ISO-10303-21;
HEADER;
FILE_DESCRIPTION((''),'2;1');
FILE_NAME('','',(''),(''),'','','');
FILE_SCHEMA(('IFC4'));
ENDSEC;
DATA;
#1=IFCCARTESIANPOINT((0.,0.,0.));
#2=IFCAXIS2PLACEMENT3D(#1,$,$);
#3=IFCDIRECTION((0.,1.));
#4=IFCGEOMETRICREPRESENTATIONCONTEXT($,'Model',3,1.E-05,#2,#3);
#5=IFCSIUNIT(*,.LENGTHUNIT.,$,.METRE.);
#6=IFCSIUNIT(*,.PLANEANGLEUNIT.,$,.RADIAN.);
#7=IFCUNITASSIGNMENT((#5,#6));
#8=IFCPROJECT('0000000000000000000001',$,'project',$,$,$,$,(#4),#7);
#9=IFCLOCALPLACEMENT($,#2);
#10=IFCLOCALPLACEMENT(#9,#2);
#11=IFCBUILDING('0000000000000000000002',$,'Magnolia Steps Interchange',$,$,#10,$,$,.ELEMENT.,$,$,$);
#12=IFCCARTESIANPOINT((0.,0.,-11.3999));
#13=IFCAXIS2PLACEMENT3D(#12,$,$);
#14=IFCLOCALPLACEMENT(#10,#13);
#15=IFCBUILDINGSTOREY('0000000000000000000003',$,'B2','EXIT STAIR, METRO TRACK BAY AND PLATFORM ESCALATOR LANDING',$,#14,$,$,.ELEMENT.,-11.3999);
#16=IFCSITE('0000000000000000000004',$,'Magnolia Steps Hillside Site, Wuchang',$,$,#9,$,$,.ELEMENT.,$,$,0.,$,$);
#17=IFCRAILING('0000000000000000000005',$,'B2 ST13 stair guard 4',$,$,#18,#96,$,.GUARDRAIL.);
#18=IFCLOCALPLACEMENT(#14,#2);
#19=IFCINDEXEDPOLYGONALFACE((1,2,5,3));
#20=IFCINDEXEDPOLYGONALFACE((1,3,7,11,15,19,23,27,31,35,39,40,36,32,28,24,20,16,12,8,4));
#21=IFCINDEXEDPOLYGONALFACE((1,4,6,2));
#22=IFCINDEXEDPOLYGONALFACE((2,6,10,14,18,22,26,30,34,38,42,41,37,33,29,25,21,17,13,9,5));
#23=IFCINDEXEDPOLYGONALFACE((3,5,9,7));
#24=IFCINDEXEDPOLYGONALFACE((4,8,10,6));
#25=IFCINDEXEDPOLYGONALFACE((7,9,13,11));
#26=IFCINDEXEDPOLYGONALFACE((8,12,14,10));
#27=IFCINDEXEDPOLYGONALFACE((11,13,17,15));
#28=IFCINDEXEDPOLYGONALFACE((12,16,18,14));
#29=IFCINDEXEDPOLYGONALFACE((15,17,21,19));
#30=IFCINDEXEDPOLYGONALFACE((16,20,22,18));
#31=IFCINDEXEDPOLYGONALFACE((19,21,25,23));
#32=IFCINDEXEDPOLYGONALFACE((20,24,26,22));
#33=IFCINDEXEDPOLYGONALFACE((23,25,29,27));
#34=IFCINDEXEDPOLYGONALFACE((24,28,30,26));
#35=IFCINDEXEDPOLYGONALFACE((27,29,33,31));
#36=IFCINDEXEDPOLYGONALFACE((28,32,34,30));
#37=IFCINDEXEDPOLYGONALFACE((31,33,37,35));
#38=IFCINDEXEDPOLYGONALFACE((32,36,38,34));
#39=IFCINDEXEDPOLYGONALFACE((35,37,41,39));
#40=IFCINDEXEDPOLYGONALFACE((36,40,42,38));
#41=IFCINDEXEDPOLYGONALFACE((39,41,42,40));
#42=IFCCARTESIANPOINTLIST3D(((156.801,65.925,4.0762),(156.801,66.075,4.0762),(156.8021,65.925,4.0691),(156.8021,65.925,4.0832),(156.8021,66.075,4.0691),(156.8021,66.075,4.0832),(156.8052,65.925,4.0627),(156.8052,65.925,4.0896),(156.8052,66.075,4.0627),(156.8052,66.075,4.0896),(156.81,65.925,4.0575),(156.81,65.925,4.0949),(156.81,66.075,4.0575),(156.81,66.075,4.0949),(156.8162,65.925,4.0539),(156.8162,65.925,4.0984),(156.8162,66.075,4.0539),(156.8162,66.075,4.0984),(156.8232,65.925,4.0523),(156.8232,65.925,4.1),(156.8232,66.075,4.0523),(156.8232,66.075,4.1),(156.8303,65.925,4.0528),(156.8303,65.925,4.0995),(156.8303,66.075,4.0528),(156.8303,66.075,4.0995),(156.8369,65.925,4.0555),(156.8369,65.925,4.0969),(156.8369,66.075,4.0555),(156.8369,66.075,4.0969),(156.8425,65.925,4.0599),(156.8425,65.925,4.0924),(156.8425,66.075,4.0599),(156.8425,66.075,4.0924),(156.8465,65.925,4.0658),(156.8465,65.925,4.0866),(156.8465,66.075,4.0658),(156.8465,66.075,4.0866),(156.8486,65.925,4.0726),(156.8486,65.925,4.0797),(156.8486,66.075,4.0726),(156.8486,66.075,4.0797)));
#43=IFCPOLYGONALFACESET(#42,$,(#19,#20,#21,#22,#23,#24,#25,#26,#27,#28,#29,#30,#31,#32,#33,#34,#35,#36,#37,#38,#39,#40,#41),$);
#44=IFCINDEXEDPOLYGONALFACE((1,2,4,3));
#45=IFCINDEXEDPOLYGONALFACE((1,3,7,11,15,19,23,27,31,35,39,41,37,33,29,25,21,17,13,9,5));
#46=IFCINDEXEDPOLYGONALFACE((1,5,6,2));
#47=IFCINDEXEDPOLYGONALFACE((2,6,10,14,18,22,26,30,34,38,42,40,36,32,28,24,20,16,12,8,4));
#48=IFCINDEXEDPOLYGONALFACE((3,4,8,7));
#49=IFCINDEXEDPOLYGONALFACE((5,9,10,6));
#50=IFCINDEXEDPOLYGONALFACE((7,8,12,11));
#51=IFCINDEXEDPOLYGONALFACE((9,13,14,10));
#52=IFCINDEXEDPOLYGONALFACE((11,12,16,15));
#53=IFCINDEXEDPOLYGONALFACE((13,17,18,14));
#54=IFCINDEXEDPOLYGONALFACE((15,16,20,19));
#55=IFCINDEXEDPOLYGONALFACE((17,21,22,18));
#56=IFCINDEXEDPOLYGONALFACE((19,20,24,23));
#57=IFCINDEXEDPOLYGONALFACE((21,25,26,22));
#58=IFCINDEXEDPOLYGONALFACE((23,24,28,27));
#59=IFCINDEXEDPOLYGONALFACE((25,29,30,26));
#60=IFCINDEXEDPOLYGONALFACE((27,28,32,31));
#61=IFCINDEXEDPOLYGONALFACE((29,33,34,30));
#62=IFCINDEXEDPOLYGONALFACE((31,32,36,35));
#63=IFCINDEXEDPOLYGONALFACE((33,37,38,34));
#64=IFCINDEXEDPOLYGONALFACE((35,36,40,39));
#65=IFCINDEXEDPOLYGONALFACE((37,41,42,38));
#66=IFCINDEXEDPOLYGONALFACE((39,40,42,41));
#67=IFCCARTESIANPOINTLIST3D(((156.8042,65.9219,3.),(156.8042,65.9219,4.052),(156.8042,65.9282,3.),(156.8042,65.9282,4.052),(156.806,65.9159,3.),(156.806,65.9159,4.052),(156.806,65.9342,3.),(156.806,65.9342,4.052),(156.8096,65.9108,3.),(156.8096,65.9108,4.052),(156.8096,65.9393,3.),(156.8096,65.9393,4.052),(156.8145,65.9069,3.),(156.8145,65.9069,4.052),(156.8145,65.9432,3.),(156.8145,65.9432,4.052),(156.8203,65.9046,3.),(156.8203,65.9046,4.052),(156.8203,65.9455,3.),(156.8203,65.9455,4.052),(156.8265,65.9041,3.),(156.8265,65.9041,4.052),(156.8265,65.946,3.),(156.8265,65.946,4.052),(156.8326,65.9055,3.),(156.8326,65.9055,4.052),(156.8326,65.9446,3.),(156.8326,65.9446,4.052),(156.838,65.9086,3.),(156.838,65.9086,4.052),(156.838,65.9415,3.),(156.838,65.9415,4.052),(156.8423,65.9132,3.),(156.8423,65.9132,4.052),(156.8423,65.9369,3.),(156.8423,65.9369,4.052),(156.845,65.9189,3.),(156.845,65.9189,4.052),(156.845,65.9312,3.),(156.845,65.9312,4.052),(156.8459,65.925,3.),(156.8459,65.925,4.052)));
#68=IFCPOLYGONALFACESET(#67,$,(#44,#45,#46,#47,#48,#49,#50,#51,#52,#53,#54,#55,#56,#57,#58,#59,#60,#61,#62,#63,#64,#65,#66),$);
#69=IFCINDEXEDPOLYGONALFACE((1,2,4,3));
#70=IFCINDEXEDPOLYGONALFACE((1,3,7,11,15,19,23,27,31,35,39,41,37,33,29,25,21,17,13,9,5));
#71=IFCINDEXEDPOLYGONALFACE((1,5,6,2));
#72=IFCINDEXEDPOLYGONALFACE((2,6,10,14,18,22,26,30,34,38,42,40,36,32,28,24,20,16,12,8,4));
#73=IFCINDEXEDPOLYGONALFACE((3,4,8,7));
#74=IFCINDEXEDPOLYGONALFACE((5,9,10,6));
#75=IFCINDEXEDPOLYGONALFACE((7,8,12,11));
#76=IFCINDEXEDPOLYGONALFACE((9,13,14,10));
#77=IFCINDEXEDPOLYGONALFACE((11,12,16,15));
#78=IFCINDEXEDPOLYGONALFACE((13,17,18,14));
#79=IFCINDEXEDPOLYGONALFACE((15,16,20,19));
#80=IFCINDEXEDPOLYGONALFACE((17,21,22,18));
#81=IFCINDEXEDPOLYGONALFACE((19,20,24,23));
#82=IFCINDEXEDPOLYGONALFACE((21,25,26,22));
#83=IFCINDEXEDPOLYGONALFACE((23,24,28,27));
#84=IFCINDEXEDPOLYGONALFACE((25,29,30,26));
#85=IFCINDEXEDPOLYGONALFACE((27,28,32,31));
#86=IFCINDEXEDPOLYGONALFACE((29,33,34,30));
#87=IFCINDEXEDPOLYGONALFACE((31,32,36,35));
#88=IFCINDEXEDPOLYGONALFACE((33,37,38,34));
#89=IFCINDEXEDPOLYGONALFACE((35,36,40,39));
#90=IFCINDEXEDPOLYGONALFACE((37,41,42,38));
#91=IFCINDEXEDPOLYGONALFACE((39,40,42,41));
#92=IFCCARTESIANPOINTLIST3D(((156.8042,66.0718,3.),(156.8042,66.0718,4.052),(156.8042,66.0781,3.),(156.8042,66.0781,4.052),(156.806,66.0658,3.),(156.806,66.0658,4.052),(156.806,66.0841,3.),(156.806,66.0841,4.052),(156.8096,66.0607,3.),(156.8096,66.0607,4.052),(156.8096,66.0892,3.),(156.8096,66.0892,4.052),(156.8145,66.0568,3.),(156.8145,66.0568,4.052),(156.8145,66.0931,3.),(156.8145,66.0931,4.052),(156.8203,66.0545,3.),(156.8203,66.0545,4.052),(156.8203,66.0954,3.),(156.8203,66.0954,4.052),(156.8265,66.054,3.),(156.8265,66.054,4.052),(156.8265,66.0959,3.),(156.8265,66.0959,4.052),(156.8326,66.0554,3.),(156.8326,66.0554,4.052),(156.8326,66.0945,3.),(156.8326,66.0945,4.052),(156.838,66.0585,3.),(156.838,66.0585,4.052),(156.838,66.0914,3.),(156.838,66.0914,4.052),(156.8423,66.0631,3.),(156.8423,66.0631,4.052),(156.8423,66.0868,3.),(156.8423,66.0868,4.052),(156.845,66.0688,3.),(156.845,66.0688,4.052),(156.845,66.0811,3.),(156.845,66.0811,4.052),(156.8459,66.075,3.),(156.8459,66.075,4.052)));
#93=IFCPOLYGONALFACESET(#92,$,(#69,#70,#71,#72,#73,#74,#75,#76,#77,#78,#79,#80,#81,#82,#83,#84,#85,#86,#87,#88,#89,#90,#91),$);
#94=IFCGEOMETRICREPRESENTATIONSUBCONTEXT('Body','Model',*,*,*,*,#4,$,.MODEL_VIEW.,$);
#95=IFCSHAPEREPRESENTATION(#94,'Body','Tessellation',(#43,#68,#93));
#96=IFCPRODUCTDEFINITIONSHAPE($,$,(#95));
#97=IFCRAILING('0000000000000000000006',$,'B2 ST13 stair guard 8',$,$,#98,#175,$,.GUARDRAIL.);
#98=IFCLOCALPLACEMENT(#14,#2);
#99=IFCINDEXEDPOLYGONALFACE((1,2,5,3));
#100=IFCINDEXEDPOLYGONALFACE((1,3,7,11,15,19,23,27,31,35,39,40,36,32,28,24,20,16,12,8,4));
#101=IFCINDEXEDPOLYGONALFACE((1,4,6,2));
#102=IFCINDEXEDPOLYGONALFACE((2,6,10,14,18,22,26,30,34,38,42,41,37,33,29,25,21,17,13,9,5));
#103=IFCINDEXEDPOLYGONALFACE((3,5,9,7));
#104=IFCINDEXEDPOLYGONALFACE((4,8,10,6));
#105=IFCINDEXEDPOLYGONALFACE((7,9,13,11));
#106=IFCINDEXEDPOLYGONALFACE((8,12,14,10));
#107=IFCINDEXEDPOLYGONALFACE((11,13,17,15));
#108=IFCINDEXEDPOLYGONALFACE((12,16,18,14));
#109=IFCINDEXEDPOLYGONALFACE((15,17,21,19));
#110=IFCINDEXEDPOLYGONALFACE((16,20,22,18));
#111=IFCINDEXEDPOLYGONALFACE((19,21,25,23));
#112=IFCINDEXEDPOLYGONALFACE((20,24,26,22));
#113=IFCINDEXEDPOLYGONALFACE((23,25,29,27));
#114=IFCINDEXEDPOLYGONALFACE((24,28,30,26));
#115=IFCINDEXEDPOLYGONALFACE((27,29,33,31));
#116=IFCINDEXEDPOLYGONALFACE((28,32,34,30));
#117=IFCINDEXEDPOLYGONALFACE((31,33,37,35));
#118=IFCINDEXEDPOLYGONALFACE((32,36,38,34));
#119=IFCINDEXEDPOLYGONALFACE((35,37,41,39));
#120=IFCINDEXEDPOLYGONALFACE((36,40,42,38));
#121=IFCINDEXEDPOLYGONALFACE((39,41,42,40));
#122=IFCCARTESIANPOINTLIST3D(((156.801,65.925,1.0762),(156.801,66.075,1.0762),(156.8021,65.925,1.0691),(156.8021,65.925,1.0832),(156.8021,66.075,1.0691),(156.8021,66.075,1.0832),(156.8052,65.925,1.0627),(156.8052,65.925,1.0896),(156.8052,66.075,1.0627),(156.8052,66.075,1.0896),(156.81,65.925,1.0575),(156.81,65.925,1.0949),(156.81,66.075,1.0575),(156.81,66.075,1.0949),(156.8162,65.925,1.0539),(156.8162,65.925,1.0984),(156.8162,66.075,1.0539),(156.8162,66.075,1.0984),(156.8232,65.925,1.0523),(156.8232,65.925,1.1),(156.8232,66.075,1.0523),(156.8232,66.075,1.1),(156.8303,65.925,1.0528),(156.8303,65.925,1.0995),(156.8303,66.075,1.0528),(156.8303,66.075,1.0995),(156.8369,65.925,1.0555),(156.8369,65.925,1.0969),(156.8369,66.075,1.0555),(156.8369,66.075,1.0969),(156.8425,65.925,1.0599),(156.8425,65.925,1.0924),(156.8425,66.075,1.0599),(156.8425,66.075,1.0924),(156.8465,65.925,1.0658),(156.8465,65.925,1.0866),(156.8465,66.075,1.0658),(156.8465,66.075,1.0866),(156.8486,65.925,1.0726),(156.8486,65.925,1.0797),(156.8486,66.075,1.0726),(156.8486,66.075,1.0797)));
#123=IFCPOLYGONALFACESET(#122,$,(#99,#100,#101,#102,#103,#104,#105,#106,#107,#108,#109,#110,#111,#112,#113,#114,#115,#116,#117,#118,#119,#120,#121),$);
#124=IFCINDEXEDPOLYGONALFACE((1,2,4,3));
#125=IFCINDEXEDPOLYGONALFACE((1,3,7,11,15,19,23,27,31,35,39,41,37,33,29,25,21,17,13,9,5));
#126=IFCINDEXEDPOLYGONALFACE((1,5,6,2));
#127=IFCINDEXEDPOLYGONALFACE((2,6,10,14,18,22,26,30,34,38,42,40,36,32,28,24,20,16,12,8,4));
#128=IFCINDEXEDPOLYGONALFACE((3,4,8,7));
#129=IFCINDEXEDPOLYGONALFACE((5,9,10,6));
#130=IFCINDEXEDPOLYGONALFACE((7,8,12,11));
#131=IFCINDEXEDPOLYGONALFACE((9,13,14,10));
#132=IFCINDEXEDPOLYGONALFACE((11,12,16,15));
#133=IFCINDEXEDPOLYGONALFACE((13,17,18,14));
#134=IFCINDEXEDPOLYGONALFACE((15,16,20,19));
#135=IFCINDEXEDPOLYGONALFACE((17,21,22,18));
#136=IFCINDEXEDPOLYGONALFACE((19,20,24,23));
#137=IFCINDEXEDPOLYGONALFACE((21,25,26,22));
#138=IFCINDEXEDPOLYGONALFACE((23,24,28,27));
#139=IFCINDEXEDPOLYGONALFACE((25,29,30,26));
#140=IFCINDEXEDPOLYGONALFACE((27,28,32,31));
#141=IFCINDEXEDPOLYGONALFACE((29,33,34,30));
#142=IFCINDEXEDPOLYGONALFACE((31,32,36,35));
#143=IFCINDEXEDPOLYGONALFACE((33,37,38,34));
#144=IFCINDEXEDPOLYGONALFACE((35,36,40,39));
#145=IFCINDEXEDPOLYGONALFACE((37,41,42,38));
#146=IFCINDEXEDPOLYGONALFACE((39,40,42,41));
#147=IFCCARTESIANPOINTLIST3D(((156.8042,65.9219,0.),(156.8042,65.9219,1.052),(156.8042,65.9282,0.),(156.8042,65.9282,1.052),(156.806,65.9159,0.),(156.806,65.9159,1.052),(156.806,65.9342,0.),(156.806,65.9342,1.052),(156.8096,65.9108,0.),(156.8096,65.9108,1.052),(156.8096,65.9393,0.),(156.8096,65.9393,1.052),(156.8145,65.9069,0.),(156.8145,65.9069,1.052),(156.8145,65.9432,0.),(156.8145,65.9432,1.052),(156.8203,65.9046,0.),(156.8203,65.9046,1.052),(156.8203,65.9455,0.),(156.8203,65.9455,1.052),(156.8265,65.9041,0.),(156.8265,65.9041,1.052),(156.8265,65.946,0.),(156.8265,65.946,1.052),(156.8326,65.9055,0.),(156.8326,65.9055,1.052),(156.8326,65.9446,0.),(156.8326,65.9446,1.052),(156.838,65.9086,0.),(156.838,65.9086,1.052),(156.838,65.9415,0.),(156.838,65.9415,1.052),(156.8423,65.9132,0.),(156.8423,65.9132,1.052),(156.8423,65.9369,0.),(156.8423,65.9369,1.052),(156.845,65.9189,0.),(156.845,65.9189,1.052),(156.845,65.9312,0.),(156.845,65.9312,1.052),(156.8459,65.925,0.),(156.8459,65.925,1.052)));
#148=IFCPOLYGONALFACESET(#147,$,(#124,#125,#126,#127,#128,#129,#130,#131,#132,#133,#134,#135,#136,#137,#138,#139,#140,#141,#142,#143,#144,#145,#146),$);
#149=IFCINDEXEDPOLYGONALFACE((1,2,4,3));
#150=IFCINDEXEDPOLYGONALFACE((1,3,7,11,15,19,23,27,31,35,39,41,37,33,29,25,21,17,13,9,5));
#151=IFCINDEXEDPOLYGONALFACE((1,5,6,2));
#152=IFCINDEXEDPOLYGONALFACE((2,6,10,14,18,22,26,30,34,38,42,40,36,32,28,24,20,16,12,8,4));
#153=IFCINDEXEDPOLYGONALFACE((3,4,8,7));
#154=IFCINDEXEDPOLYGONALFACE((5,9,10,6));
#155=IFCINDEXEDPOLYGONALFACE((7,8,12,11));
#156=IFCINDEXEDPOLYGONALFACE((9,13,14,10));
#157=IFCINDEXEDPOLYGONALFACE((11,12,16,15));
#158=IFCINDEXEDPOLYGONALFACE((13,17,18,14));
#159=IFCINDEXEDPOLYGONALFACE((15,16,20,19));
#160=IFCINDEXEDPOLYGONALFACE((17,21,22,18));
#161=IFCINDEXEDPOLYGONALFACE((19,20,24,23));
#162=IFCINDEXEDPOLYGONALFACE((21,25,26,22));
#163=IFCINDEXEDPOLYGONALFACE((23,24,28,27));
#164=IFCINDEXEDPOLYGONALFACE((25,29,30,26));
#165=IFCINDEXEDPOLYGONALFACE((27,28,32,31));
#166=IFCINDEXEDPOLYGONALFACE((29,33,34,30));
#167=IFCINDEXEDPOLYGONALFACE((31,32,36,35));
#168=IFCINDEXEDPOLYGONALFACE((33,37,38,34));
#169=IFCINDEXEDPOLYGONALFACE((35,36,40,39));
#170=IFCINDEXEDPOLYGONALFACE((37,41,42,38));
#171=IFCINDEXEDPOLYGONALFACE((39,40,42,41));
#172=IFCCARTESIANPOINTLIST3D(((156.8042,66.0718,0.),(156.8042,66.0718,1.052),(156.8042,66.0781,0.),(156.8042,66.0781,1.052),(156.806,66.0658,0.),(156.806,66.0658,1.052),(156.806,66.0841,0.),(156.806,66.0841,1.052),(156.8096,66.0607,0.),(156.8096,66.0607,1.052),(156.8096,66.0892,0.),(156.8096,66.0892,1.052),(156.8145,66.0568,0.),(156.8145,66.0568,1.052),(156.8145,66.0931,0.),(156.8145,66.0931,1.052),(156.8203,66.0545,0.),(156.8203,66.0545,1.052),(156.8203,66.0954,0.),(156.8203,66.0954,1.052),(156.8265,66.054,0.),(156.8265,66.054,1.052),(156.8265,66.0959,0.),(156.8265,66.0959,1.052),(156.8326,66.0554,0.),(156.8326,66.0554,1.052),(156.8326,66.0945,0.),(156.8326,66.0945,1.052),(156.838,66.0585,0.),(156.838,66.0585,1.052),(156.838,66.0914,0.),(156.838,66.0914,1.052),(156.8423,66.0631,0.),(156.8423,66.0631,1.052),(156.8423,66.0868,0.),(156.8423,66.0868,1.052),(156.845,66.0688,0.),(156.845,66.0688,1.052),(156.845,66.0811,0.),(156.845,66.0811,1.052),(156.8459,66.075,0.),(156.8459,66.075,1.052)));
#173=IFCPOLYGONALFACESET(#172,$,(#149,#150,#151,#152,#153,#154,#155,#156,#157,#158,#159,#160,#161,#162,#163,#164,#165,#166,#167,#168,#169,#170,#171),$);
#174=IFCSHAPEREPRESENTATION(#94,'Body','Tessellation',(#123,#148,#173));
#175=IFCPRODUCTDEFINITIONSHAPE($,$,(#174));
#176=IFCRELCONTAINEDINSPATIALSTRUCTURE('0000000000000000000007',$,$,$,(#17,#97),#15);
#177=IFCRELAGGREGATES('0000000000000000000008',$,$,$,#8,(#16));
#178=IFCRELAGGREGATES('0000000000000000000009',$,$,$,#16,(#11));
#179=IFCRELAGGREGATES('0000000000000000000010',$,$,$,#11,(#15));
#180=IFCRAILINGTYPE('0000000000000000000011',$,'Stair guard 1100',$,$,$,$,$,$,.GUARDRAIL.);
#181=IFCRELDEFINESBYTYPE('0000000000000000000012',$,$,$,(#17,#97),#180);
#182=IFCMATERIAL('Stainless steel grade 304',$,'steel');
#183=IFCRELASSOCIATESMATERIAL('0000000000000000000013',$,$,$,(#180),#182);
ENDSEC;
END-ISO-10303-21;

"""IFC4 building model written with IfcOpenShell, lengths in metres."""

from ifc_helpers import new_model, si_unit, direction, frame, origin, origin_2d, place, context, subcontext, project, spatial, circle, extrude, material, type_object, element, save


model = new_model("IFC4")

# Units and contexts
model_context = context("Model", 3, precision=1e-05, world=origin(), true_north=direction((0.0, 1.0)))
body_context = subcontext(model_context, "Body", "Model", "MODEL_VIEW")
ifc_project = project(units=[si_unit("LENGTHUNIT", "METRE"), si_unit("PLANEANGLEUNIT", "RADIAN")], contexts=[model_context])

# Site, building, storey
site_placement = place(None, origin())
site = spatial("IfcSite", under=ifc_project, at=site_placement, Name="Magnolia Steps Hillside Site, Wuchang", CompositionType="ELEMENT", RefElevation=0.0)
building_placement = place(site_placement, origin())
building = spatial("IfcBuilding", under=site, at=building_placement, Name="Magnolia Steps Interchange", CompositionType="ELEMENT")
storey_placement = place(building_placement, frame((0.0, 0.0, -11.3999)))
storey = spatial("IfcBuildingStorey", under=building, at=storey_placement, Name="B2", Description="EXIT STAIR, METRO TRACK BAY AND PLATFORM ESCALATOR LANDING", CompositionType="ELEMENT", Elevation=-11.3999)

# Railings
ifc_material_1 = material(Name="Stainless steel grade 304", Category="steel")
railing_type_1 = type_object("IfcRailingType", Name="Stair guard 1100", PredefinedType="GUARDRAIL", material=ifc_material_1)
for number, where, name in (
    (1, (156.825, 65.925, 3.0), "B2 ST13 stair guard 4"),
    (2, (156.825, 65.925, 0.0), "B2 ST13 stair guard 8"),
):
    element("IfcRailing", number, at=place(storey_placement, frame(where)), inside=storey, type_object=railing_type_1, Name=name, PredefinedType="GUARDRAIL", context=body_context, shape_type="SweptSolid", body=[
        extrude(circle(Radius=0.0239, at=origin_2d()), frame((0.0, 0.0, 1.0762), z_axis=(0.0, 1.0, 0.0), x_axis=(-1.0, 0.0, 0.0)), (0.0, 0.0, 1.0), 0.1499),
        extrude(circle(Radius=0.021, at=origin_2d()), origin(), (0.0, 0.0, 1.0), 1.052),
        extrude(circle(Radius=0.021, at=origin_2d()), frame((0.0, 0.1499, 0.0)), (0.0, 0.0, 1.0), 1.052),
    ])

save(model, "model.ifc")
